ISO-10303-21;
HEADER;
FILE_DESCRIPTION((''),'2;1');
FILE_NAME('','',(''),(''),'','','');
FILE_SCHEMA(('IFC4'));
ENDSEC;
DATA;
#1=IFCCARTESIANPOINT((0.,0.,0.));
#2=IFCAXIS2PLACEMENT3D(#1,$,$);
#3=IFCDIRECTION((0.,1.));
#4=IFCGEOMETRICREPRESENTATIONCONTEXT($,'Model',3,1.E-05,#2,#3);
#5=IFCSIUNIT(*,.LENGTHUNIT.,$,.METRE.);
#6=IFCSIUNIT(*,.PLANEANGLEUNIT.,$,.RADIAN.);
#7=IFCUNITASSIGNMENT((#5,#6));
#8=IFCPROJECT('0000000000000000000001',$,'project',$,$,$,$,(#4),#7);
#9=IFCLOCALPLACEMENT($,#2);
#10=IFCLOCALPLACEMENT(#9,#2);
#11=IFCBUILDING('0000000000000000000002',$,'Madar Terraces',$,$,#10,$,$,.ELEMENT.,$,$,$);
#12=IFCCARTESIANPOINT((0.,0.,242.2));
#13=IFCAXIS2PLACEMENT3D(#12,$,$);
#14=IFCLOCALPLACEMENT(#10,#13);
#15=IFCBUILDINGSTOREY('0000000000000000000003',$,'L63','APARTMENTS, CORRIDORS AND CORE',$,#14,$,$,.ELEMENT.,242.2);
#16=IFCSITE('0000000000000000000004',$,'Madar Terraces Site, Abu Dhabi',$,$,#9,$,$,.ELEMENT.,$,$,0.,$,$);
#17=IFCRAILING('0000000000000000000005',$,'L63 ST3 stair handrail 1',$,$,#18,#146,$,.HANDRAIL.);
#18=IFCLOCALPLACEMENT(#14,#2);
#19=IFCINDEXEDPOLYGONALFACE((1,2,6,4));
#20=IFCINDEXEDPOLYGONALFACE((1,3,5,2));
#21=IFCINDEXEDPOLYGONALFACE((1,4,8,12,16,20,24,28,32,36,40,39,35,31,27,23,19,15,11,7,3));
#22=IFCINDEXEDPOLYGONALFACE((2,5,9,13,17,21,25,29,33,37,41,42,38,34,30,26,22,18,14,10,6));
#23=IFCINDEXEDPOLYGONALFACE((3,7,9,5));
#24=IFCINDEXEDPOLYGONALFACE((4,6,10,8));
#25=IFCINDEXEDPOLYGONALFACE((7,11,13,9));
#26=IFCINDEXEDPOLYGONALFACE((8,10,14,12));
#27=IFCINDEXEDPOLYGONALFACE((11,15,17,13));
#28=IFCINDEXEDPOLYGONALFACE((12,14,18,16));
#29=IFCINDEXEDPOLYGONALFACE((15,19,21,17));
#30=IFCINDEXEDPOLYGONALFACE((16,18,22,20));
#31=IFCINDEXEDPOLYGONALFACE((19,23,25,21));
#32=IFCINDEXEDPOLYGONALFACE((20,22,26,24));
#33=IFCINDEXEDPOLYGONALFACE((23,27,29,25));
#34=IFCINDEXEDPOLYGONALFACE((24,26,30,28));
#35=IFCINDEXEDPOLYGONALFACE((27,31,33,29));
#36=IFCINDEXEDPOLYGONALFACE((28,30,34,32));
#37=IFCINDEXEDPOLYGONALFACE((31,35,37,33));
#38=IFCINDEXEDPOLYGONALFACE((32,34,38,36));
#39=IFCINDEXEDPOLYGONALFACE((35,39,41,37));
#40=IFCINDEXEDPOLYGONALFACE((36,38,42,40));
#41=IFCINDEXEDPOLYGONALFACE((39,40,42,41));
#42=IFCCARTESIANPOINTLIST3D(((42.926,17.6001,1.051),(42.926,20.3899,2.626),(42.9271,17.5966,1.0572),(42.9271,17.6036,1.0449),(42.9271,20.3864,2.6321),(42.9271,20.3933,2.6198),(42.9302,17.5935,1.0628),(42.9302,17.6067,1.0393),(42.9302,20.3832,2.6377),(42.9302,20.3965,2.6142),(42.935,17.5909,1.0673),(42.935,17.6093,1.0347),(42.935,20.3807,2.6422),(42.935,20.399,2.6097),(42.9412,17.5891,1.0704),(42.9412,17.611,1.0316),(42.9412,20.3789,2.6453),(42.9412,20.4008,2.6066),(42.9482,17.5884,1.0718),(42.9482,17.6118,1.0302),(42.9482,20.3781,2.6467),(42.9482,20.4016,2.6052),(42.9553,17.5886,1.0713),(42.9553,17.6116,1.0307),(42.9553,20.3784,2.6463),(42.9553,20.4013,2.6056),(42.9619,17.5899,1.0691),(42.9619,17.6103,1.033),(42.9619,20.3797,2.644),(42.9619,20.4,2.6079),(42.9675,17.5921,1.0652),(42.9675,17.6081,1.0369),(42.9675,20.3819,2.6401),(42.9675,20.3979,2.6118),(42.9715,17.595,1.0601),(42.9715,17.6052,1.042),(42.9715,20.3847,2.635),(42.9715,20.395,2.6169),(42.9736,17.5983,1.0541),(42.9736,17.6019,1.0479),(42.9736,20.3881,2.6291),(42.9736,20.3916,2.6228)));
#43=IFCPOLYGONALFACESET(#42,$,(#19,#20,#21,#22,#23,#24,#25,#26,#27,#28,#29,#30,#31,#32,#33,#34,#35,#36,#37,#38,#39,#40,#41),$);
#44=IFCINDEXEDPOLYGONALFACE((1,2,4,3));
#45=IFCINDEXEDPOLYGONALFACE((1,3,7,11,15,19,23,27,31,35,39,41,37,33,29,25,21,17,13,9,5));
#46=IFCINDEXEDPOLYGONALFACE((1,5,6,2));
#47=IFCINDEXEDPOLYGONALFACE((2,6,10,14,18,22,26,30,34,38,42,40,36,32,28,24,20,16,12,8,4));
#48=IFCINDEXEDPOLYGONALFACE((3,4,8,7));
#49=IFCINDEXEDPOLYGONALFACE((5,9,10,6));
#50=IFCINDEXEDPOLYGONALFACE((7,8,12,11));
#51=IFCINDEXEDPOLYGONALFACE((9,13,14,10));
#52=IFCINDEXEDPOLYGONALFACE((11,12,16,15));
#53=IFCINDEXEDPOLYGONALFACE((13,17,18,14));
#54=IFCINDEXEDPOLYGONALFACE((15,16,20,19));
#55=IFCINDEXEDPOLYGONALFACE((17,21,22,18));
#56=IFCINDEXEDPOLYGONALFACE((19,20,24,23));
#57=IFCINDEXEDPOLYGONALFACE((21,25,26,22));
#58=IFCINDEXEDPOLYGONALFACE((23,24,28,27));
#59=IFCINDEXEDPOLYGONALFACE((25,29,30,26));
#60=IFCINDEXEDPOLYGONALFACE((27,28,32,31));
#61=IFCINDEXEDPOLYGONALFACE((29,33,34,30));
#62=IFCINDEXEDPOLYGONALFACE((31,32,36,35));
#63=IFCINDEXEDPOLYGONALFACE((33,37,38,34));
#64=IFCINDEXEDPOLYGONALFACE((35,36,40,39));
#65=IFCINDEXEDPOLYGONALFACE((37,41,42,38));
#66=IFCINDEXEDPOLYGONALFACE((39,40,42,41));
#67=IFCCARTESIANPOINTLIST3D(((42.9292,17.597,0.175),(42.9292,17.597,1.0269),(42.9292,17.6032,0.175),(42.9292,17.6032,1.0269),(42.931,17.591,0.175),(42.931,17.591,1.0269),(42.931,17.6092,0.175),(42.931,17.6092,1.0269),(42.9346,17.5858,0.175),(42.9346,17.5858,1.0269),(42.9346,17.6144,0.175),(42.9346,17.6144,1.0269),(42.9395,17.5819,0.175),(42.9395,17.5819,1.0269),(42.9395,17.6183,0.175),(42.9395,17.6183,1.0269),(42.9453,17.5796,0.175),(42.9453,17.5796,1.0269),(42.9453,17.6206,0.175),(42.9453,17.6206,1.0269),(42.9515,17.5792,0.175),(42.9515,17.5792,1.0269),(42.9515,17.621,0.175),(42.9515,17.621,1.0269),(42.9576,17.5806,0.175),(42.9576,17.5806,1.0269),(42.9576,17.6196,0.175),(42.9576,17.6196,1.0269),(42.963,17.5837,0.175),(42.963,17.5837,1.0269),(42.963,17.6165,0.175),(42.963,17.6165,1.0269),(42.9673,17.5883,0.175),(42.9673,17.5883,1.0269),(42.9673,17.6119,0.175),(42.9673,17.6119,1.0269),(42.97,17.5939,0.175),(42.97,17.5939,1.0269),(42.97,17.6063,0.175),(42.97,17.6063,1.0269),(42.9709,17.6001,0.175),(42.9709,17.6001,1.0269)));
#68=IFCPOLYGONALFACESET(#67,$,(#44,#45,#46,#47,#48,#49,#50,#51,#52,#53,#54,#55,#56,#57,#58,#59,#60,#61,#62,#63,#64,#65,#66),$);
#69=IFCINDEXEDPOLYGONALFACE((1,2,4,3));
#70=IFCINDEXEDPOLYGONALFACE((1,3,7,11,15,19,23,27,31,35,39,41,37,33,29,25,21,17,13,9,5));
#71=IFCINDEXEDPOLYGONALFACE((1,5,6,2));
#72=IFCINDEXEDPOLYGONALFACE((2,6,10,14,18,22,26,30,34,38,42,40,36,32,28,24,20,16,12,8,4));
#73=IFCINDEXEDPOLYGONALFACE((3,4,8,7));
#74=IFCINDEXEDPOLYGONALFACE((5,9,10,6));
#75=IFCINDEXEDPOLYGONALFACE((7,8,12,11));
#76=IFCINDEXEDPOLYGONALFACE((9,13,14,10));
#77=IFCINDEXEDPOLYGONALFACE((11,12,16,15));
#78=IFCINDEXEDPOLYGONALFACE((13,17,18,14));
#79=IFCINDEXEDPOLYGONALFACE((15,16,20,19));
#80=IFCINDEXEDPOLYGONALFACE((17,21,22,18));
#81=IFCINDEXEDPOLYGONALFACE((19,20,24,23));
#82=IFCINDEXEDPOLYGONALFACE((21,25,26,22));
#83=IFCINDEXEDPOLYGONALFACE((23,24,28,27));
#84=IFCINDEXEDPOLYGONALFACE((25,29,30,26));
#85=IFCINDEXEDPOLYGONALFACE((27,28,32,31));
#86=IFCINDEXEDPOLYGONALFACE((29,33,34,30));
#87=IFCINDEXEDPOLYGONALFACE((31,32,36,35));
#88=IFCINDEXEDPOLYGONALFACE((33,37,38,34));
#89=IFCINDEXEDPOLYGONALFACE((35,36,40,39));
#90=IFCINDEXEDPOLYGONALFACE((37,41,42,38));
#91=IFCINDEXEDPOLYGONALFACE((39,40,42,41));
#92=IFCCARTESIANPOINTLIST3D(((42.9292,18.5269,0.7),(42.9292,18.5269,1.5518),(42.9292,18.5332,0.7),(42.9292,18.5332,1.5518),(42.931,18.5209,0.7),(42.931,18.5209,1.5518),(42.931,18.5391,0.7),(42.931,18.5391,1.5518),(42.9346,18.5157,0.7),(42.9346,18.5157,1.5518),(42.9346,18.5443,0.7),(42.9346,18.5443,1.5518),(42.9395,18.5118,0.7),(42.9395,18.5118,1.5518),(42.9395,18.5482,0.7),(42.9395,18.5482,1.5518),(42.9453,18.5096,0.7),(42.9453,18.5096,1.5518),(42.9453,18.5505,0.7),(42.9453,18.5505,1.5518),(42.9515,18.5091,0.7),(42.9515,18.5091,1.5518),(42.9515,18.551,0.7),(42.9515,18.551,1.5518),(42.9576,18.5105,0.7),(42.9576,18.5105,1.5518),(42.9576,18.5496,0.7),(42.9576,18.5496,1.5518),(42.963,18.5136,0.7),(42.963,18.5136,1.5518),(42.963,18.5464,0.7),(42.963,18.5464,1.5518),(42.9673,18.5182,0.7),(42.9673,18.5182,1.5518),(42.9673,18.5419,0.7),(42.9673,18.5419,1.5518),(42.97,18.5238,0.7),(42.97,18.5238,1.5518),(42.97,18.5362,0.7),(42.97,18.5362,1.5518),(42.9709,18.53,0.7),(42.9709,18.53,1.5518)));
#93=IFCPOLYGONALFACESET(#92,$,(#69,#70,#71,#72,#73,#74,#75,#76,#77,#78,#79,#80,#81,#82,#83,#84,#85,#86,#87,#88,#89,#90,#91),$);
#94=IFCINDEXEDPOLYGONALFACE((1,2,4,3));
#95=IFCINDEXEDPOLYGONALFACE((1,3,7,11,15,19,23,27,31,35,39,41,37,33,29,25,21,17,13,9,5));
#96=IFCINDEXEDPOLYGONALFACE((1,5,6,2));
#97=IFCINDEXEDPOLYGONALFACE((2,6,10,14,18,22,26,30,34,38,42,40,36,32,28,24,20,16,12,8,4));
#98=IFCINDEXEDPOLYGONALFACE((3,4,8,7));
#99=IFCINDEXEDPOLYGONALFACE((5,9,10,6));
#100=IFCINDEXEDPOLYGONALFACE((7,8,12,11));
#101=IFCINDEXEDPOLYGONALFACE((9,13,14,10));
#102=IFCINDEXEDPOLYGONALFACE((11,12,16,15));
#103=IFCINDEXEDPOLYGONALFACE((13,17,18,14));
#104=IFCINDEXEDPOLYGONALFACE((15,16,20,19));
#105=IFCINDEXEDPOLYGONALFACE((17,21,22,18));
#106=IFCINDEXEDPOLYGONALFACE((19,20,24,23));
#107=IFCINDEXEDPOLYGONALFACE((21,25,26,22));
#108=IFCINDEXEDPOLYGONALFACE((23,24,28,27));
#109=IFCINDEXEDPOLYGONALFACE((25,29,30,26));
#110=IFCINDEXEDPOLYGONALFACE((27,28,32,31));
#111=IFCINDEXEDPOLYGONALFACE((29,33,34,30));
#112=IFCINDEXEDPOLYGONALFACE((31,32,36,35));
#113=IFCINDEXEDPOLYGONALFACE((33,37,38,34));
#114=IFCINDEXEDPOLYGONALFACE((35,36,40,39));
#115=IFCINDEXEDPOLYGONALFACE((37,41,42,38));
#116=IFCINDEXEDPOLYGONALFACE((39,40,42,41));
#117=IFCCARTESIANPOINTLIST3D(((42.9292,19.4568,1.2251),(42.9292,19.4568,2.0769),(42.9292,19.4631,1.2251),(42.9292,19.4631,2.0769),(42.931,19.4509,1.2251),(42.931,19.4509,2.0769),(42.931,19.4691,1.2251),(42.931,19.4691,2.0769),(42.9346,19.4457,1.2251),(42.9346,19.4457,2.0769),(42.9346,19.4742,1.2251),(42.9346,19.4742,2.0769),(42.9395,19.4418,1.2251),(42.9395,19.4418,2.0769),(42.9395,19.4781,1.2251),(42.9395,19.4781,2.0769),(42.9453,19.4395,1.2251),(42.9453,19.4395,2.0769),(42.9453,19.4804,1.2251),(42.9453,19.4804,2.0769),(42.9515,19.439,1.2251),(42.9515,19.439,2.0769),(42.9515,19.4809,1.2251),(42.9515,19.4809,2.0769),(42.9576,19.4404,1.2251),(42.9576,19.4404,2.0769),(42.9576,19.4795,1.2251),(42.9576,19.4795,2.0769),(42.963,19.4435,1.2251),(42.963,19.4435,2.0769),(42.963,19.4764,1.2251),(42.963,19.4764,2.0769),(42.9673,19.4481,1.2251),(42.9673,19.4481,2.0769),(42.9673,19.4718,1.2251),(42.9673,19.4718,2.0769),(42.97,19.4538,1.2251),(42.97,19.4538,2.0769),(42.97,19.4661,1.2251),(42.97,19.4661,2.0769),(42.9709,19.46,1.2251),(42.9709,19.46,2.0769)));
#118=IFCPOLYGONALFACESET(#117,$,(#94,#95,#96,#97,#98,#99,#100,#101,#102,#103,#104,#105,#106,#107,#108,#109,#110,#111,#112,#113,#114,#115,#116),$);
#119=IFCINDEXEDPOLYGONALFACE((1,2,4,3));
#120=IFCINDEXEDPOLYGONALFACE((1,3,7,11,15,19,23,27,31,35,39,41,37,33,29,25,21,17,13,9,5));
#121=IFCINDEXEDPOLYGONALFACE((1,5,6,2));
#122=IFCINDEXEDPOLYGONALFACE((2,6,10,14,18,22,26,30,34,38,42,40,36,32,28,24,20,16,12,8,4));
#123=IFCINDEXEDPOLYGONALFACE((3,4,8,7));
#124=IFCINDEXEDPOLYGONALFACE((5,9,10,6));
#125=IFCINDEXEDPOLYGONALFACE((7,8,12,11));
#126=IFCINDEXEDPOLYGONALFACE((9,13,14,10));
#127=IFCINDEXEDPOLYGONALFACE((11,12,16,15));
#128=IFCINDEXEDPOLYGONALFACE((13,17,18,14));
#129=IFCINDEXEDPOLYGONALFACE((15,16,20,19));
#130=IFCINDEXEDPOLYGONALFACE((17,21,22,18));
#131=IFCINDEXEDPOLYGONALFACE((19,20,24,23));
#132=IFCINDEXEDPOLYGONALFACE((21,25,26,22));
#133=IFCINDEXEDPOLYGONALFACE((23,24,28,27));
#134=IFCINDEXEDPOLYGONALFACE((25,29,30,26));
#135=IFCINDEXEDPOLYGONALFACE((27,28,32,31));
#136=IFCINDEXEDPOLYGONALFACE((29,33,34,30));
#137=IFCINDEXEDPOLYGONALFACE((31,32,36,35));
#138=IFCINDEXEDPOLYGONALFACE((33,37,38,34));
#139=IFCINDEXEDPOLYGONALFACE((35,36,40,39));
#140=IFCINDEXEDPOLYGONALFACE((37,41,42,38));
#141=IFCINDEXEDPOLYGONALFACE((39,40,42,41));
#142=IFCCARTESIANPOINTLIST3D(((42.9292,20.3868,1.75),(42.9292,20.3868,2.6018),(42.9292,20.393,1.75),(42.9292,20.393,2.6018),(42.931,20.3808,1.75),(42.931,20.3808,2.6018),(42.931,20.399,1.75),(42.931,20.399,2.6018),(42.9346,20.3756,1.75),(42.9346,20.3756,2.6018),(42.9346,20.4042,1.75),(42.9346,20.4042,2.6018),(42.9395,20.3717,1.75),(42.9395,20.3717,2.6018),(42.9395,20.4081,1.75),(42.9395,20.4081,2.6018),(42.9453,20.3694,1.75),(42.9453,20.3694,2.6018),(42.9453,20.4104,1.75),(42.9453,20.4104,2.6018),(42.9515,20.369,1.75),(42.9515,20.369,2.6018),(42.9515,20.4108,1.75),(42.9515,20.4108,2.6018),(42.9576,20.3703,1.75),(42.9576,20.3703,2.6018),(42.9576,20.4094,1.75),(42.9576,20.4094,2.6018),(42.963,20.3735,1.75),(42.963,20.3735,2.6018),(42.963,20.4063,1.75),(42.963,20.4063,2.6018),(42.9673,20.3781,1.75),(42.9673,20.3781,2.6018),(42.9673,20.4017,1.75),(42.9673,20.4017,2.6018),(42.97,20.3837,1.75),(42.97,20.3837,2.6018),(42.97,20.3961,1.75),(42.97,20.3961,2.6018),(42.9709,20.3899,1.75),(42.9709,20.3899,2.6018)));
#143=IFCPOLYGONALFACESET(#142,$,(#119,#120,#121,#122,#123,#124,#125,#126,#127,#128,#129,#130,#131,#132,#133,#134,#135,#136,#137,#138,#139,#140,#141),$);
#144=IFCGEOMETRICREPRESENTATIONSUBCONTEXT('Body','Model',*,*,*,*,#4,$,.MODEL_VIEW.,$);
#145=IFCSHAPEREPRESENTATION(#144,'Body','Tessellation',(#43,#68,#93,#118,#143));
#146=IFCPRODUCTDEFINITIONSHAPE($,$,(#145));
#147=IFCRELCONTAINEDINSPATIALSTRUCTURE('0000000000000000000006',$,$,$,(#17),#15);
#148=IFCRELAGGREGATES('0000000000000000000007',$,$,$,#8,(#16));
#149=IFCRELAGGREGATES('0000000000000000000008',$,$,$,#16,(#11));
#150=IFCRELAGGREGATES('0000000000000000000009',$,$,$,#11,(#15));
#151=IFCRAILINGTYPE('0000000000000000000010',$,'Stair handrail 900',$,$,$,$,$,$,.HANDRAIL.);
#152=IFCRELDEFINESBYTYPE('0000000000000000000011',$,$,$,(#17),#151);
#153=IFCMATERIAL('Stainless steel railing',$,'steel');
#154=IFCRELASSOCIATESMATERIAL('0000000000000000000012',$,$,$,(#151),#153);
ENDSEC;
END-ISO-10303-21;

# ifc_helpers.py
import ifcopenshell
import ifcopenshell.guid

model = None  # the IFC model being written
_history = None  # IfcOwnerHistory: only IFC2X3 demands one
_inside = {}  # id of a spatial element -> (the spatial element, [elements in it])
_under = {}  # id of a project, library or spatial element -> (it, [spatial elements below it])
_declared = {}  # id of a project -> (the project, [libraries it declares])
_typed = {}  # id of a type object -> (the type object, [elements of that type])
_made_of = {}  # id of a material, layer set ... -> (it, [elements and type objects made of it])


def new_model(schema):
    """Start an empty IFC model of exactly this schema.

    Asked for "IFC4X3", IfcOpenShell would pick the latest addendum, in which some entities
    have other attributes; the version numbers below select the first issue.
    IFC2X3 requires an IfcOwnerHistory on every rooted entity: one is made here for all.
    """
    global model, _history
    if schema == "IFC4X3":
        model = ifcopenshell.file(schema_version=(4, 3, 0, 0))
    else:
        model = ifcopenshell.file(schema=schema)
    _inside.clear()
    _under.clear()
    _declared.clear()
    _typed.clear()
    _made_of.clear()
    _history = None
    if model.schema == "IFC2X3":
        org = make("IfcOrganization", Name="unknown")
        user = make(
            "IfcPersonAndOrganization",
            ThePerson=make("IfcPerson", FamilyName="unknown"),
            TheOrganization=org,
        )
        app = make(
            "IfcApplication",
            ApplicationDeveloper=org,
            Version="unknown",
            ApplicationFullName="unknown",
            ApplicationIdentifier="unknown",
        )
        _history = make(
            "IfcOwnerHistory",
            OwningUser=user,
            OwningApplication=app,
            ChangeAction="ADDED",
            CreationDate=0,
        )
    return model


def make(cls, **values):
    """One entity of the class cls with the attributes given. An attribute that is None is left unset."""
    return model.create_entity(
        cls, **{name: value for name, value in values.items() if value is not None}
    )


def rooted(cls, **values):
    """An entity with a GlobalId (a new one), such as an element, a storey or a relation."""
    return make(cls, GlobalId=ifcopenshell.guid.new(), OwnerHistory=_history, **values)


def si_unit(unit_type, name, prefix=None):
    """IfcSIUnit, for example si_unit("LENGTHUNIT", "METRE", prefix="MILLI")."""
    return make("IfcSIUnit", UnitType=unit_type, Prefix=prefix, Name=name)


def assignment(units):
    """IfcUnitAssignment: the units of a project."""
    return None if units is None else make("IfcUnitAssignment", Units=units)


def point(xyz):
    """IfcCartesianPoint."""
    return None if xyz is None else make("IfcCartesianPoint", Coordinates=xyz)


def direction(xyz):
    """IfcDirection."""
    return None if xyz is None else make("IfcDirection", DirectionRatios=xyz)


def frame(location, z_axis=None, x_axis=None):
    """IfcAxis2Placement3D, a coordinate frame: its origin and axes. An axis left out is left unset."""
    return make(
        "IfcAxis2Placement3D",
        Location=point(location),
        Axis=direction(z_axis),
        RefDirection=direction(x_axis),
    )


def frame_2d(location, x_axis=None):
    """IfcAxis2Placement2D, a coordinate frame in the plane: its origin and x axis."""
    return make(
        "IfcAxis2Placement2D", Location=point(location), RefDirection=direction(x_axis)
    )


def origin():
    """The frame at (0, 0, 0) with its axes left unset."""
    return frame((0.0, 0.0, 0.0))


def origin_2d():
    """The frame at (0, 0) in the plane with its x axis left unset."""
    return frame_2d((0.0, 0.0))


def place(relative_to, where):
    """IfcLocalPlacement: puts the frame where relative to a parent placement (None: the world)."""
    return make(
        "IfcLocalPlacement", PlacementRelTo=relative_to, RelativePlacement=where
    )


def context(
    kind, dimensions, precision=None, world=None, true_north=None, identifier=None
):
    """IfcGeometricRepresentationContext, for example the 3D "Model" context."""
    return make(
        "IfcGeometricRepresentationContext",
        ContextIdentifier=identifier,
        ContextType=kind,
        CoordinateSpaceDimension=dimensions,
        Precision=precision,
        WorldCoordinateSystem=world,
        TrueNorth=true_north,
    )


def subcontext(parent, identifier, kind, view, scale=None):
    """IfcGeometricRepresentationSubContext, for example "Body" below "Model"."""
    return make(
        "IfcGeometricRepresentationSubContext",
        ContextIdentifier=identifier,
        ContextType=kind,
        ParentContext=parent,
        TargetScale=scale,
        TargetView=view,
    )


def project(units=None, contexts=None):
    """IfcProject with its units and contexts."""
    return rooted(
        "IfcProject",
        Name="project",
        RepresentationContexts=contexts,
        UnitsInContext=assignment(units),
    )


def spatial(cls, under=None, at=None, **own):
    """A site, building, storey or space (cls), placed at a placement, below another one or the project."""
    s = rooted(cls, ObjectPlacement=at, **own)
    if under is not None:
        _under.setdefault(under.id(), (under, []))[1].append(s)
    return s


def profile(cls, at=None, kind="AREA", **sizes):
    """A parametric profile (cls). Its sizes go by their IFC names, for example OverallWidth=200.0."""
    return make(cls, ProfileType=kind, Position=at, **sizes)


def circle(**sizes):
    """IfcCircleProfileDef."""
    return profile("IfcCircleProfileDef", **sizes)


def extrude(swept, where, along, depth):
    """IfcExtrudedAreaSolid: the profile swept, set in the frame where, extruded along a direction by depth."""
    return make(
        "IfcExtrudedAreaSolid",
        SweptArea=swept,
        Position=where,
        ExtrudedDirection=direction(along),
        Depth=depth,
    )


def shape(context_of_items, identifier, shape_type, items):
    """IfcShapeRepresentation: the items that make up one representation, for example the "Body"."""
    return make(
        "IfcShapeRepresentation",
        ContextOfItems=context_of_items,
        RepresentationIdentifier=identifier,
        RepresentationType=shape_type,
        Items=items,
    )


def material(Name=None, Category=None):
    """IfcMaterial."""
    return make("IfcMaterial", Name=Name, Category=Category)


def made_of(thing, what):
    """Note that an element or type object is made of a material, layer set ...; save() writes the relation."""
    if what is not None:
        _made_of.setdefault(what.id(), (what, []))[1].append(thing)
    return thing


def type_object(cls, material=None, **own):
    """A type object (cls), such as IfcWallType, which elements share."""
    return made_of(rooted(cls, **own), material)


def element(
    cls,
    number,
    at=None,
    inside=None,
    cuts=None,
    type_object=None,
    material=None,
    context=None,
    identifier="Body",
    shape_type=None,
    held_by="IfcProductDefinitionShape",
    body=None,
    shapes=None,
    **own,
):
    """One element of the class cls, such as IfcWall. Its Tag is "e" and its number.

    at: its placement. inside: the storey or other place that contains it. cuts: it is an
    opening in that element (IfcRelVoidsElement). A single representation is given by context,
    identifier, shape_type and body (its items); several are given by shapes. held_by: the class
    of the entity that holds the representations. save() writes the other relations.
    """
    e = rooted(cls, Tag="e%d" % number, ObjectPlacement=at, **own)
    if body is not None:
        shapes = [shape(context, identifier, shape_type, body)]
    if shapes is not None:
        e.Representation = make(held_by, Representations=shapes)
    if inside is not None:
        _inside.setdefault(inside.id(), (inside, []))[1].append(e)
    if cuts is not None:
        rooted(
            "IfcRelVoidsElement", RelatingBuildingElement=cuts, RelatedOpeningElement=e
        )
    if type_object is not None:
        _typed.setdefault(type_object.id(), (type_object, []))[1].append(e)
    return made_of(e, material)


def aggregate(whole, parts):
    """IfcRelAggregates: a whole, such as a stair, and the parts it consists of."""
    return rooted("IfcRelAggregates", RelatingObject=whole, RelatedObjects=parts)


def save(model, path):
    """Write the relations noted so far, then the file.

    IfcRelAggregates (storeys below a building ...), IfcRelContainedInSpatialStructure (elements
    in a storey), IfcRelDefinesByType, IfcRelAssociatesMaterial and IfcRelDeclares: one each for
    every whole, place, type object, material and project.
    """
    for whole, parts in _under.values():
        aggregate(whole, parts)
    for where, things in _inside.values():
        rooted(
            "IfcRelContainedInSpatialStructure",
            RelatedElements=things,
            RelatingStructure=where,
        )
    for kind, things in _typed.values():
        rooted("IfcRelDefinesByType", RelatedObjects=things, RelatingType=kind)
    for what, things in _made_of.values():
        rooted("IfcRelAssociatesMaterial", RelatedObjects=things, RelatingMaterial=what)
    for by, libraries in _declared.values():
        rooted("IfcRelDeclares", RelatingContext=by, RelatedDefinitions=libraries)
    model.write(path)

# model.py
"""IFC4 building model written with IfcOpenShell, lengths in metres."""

from ifc_helpers import new_model, si_unit, direction, frame, origin, origin_2d, place, context, subcontext, project, spatial, circle, extrude, material, type_object, element, save


model = new_model("IFC4")

# Units and contexts
model_context = context("Model", 3, precision=1e-05, world=origin(), true_north=direction((0.0, 1.0)))
body_context = subcontext(model_context, "Body", "Model", "MODEL_VIEW")
ifc_project = project(units=[si_unit("LENGTHUNIT", "METRE"), si_unit("PLANEANGLEUNIT", "RADIAN")], contexts=[model_context])

# Site, building, storey
site_placement = place(None, origin())
site = spatial("IfcSite", under=ifc_project, at=site_placement, Name="Madar Terraces Site, Abu Dhabi", CompositionType="ELEMENT", RefElevation=0.0)
building_placement = place(site_placement, origin())
building = spatial("IfcBuilding", under=site, at=building_placement, Name="Madar Terraces", CompositionType="ELEMENT")
storey_placement = place(building_placement, frame((0.0, 0.0, 242.2)))
storey = spatial("IfcBuildingStorey", under=building, at=storey_placement, Name="L63", Description="APARTMENTS, CORRIDORS AND CORE", CompositionType="ELEMENT", Elevation=242.2)

# Railing
ifc_material_1 = material(Name="Stainless steel railing", Category="steel")
railing_type_1 = type_object("IfcRailingType", Name="Stair handrail 900", PredefinedType="HANDRAIL", material=ifc_material_1)
railing_1_placement = place(storey_placement, frame((42.95, 17.6001, 0.175)))
element("IfcRailing", 1, at=railing_1_placement, inside=storey, type_object=railing_type_1, Name="L63 ST3 stair handrail 1", PredefinedType="HANDRAIL", context=body_context, shape_type="SweptSolid", body=[
    extrude(circle(Radius=0.0239, at=origin_2d()), frame((0.0, 0.0, 0.876), z_axis=(0.0, 0.870815, 0.49161), x_axis=(-1.0, 0.0, 0.0)), (0.0, 0.0, 1.0), 3.2036),
    extrude(circle(Radius=0.021, at=origin_2d()), origin(), (0.0, 0.0, 1.0), 0.8518),
    extrude(circle(Radius=0.021, at=origin_2d()), frame((0.0, 0.9299, 0.5249)), (0.0, 0.0, 1.0), 0.8518),
    extrude(circle(Radius=0.021, at=origin_2d()), frame((0.0, 1.8599, 1.05)), (0.0, 0.0, 1.0), 0.8518),
    extrude(circle(Radius=0.021, at=origin_2d()), frame((0.0, 2.7898, 1.575)), (0.0, 0.0, 1.0), 0.8518),
])

save(model, "model.ifc")
